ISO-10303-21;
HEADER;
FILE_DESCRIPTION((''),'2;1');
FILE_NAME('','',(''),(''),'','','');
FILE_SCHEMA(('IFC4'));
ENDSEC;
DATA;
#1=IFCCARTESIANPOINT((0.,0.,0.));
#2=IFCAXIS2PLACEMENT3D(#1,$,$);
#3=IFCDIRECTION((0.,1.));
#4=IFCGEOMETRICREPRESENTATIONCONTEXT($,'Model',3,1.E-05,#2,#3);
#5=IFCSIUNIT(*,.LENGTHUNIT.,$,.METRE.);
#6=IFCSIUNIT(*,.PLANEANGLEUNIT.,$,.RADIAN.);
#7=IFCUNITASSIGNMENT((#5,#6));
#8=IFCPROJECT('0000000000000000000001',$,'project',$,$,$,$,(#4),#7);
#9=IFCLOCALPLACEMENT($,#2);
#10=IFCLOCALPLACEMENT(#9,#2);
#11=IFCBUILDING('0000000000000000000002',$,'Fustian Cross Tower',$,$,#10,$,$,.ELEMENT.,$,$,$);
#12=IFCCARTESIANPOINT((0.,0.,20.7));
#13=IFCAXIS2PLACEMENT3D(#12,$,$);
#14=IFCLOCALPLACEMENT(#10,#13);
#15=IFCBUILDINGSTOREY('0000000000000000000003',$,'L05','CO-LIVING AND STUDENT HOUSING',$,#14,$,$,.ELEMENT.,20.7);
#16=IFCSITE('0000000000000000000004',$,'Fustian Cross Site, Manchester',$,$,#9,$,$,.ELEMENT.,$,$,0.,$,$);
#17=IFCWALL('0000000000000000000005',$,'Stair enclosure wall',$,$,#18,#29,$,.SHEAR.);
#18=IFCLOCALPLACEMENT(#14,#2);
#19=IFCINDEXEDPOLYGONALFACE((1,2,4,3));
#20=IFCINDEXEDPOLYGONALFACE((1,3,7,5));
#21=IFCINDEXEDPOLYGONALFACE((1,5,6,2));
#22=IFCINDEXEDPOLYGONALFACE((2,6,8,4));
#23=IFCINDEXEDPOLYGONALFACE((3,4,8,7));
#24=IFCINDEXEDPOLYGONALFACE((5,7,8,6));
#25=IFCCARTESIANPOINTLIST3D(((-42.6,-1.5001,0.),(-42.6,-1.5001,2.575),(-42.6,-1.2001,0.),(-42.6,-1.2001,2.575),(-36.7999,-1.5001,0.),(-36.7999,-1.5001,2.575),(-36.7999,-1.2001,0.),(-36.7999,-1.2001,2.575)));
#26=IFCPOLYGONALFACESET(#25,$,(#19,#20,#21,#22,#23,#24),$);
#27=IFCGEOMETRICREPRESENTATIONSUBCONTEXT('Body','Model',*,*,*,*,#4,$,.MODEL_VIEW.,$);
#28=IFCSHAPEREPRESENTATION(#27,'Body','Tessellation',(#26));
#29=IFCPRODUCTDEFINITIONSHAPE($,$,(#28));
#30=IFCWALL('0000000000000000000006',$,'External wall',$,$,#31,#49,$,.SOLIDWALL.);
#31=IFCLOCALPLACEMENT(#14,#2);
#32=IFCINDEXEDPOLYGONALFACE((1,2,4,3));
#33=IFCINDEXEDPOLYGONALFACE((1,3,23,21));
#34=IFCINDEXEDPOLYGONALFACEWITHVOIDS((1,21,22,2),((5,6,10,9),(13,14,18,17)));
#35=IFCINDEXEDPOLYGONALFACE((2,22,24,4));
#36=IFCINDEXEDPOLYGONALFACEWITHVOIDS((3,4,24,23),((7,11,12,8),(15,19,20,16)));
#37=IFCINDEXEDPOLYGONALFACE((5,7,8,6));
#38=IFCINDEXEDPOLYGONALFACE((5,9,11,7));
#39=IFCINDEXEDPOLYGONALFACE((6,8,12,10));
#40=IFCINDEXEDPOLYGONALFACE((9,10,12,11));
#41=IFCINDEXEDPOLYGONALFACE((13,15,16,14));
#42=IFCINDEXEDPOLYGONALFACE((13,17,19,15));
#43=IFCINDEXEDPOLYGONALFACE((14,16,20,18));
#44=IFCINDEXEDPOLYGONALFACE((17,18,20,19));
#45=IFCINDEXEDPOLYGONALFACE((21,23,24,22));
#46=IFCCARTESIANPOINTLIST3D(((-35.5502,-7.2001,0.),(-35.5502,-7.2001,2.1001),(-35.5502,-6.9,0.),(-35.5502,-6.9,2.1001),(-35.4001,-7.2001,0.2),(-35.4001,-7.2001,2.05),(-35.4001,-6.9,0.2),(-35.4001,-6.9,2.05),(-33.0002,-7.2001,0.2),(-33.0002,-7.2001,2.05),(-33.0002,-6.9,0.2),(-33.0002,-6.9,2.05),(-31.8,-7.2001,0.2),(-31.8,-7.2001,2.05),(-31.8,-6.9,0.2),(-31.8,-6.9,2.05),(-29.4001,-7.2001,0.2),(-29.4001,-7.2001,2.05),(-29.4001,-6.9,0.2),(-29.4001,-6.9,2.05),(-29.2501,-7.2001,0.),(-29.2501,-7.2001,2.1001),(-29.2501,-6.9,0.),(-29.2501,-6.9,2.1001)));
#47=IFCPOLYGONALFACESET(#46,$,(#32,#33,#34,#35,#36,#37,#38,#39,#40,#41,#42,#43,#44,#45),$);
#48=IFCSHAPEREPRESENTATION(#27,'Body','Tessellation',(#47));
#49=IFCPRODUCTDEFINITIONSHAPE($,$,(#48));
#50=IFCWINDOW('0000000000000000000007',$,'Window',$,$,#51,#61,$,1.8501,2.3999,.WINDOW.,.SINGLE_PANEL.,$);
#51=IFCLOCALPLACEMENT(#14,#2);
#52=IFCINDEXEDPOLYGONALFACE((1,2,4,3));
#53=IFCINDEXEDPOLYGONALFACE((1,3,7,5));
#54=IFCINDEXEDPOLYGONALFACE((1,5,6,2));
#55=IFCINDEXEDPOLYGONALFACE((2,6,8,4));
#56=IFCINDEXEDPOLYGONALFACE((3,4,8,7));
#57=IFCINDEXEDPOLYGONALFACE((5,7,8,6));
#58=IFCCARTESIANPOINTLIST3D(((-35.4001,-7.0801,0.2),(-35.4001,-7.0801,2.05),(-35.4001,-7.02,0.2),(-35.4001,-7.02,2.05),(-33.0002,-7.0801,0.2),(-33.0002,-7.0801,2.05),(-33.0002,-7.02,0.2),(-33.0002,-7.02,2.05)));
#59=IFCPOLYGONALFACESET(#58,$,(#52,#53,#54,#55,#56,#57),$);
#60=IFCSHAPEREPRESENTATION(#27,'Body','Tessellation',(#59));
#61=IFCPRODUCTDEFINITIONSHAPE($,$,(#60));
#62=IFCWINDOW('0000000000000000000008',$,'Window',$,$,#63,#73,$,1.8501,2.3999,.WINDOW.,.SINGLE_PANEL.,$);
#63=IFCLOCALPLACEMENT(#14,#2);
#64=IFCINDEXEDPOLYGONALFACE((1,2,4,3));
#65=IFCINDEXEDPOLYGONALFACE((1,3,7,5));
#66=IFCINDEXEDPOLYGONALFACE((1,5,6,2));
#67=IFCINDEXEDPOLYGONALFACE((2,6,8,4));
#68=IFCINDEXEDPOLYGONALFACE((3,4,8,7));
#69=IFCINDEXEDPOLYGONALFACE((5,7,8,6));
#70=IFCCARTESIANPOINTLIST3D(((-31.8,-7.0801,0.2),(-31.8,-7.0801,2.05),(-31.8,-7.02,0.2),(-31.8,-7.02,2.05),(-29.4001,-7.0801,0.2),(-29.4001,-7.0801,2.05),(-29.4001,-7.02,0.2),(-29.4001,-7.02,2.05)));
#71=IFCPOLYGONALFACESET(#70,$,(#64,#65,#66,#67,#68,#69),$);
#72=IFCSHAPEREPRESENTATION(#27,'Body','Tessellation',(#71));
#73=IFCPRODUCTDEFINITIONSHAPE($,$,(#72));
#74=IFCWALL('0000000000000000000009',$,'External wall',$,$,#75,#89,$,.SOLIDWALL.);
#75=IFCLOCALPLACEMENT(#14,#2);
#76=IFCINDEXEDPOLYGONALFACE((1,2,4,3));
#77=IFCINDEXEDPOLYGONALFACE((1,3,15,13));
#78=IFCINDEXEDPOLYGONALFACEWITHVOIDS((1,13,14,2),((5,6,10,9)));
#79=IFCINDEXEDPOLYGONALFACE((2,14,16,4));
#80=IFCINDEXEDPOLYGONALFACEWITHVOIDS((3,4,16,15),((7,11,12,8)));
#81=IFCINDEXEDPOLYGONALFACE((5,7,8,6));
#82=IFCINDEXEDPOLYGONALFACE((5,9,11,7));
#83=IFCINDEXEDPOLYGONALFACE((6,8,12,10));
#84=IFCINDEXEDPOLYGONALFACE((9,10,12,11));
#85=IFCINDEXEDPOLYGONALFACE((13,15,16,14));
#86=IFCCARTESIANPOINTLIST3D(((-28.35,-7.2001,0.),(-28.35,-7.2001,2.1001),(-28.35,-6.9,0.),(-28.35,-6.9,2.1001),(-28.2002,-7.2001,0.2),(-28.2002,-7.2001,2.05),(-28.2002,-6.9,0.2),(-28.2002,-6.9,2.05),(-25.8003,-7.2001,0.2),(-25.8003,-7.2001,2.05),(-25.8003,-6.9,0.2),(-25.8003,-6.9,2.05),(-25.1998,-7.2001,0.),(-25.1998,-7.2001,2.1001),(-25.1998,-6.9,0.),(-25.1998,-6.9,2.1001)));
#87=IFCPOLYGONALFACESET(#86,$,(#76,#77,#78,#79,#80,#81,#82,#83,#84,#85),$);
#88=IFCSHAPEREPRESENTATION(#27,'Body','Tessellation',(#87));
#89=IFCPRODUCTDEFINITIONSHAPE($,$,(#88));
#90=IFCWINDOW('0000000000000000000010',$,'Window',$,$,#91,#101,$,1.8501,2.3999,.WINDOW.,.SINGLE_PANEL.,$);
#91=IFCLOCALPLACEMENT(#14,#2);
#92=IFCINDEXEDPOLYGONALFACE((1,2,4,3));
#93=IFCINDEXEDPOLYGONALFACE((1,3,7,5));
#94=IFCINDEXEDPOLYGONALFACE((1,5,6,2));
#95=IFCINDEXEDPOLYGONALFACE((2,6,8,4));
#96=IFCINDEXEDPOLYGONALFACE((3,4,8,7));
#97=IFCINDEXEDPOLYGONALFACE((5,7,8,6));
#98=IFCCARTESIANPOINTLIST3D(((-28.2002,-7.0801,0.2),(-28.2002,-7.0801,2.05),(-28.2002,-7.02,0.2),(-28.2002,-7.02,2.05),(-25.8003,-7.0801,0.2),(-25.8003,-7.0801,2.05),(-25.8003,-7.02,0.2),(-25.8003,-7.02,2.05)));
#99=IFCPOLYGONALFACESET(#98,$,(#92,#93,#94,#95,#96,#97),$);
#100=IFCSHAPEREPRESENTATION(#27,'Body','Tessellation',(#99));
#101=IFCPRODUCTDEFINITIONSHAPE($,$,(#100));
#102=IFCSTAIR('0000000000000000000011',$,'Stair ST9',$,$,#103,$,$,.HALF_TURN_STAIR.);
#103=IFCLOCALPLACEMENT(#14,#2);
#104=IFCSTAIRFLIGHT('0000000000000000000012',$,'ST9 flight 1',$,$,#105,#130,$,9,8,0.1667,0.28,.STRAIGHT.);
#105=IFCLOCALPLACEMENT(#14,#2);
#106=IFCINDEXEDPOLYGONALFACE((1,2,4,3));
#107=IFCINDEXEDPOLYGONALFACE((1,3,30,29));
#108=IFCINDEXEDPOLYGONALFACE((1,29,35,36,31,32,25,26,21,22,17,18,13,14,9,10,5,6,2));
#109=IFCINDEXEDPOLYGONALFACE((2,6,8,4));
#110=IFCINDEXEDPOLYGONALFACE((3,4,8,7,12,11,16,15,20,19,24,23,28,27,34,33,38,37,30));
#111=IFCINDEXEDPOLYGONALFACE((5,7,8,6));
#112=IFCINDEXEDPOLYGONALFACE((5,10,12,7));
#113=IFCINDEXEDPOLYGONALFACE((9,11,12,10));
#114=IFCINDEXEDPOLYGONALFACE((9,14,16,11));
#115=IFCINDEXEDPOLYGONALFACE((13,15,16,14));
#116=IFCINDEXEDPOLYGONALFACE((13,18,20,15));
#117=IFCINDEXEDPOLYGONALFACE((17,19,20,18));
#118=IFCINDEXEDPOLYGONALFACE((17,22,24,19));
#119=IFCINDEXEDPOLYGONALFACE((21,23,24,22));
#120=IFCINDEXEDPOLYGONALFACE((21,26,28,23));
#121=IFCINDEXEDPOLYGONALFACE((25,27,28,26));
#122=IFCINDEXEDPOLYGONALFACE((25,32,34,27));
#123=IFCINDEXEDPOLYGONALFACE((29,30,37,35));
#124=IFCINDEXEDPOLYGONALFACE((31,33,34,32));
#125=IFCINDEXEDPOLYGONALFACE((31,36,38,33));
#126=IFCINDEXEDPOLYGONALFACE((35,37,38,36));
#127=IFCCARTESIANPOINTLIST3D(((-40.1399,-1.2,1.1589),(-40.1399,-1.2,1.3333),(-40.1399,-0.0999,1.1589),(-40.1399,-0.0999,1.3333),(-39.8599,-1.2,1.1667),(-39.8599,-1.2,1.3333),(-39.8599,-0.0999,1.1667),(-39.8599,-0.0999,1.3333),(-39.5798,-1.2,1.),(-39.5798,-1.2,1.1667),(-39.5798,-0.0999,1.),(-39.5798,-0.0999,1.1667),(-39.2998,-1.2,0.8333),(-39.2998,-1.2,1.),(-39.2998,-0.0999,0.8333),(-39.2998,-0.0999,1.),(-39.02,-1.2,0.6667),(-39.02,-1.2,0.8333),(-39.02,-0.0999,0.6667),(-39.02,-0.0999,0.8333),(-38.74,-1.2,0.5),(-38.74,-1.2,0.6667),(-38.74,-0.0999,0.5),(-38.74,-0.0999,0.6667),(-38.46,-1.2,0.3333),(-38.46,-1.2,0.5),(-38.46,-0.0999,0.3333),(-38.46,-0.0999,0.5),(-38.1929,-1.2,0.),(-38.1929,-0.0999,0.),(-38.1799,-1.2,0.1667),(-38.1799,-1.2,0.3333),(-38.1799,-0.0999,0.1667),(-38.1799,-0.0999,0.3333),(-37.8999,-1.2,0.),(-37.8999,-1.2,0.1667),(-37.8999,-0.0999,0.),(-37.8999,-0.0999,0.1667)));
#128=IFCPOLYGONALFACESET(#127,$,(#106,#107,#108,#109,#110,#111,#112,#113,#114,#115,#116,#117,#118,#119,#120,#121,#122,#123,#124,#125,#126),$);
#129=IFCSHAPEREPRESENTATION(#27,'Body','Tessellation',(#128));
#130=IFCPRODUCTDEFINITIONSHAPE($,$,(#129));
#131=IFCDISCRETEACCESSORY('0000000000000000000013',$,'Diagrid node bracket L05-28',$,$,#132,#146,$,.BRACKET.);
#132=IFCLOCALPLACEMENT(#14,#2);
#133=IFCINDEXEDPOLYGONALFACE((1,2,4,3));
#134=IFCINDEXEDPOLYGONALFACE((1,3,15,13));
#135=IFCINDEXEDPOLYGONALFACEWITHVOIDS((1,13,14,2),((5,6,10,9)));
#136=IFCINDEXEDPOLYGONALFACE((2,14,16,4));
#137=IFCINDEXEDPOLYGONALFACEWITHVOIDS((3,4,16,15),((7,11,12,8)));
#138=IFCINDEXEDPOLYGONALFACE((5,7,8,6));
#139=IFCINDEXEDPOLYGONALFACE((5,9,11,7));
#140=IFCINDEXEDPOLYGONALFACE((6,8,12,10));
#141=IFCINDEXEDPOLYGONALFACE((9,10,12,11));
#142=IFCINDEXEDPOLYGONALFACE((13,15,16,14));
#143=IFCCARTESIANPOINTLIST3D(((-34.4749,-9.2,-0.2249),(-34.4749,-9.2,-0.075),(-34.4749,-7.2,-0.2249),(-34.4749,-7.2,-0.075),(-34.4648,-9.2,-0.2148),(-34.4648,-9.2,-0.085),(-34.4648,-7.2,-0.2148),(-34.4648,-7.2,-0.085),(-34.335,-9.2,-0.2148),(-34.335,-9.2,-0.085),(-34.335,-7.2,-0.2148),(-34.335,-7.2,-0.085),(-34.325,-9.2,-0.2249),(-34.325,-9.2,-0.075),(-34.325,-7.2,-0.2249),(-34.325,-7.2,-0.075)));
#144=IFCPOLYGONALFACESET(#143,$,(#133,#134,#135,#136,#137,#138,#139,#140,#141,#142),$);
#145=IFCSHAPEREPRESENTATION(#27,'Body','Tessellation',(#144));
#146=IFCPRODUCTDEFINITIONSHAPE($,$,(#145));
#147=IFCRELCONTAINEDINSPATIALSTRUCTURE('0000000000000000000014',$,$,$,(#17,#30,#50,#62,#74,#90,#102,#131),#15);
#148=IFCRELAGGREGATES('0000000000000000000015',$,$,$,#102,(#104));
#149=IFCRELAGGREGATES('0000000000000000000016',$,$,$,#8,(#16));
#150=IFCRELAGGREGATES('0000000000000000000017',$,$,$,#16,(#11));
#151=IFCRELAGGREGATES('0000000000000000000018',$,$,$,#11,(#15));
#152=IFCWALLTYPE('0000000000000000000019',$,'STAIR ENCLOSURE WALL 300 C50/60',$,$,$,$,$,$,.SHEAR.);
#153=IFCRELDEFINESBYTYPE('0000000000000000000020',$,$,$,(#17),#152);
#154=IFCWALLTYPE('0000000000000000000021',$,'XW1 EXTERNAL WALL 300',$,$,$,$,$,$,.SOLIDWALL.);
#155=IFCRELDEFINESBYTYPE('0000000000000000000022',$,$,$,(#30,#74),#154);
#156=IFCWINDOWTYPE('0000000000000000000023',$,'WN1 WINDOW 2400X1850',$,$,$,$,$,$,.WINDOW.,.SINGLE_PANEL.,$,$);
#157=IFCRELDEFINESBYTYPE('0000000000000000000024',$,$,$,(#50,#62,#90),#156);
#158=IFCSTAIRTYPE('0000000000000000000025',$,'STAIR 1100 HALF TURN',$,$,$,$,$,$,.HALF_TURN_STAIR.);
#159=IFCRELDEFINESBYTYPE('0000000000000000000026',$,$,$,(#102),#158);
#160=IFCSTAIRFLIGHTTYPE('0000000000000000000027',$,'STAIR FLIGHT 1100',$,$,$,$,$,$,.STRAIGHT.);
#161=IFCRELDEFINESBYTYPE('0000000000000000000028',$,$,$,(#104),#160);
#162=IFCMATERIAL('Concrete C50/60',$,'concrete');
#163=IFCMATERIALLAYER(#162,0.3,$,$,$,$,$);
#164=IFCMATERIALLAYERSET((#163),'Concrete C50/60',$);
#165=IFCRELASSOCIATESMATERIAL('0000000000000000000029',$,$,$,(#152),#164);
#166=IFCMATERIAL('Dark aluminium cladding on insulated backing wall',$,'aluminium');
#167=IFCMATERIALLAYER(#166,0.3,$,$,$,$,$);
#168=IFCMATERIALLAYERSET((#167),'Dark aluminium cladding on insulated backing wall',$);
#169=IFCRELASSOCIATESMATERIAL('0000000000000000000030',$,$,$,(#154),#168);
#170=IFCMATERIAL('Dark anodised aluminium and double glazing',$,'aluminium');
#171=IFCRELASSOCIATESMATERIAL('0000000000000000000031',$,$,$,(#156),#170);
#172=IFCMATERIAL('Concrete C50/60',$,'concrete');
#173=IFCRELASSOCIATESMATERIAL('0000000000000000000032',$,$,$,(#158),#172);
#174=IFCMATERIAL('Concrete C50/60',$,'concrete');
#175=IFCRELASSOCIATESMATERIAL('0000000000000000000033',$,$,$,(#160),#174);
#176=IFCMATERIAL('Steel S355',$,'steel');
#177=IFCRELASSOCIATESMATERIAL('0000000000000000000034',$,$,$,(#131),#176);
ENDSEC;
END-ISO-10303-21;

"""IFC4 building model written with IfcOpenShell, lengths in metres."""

from ifc_helpers import new_model, si_unit, direction, frame, frame_2d, origin, origin_2d, place, context, subcontext, project, spatial, polyline, rectangle, hollow_rectangle, outline, extrude, material, layer, layer_set, type_object, element, fill, aggregate, save


model = new_model("IFC4")

# Units and contexts
model_context = context("Model", 3, precision=1e-05, world=origin(), true_north=direction((0.0, 1.0)))
body_context = subcontext(model_context, "Body", "Model", "MODEL_VIEW")
ifc_project = project(units=[si_unit("LENGTHUNIT", "METRE"), si_unit("PLANEANGLEUNIT", "RADIAN")], contexts=[model_context])

# Site, building, storey
site_placement = place(None, origin())
site = spatial("IfcSite", under=ifc_project, at=site_placement, Name="Fustian Cross Site, Manchester", CompositionType="ELEMENT", RefElevation=0.0)
building_placement = place(site_placement, origin())
building = spatial("IfcBuilding", under=site, at=building_placement, Name="Fustian Cross Tower", CompositionType="ELEMENT")
storey_placement = place(building_placement, frame((0.0, 0.0, 20.7)))
storey = spatial("IfcBuildingStorey", under=building, at=storey_placement, Name="L05", Description="CO-LIVING AND STUDENT HOUSING", CompositionType="ELEMENT", Elevation=20.7)

# Shared definitions
ifc_material_1 = material(Name="Concrete C50/60", Category="concrete")
ifc_layer_1 = layer(ifc_material_1, 0.3)
ifc_layer_set_1 = layer_set([ifc_layer_1], Name="Concrete C50/60")
wall_type_1 = type_object("IfcWallType", Name="STAIR ENCLOSURE WALL 300 C50/60", PredefinedType="SHEAR", material=ifc_layer_set_1)

# Wall
wall_1_placement = place(storey_placement, frame((-36.8, -1.3501, 0.0), z_axis=(0.0, 0.0, 1.0), x_axis=(-1.0, 0.0, 0.0)))
element("IfcWall", 1, at=wall_1_placement, inside=storey, type_object=wall_type_1, Name="Stair enclosure wall", PredefinedType="SHEAR", context=body_context, shape_type="SweptSolid", body=[
    extrude(rectangle(XDim=5.8, YDim=0.3, at=frame_2d((2.8999, 0.0))), origin(), (0.0, 0.0, 1.0), 2.575),
])

# Wall, openings, windows
ifc_material_2 = material(Name="Dark aluminium cladding on insulated backing wall", Category="aluminium")
ifc_layer_2 = layer(ifc_material_2, 0.3)
ifc_layer_set_2 = layer_set([ifc_layer_2], Name="Dark aluminium cladding on insulated backing wall")
wall_type_2 = type_object("IfcWallType", Name="XW1 EXTERNAL WALL 300", PredefinedType="SOLIDWALL", material=ifc_layer_set_2)
wall_2_placement = place(storey_placement, frame((-35.55, -7.05, 0.0), z_axis=(0.0, 0.0, 1.0), x_axis=(1.0, 0.0, 0.0)))
wall_2 = element("IfcWall", 2, at=wall_2_placement, inside=storey, type_object=wall_type_2, Name="External wall", PredefinedType="SOLIDWALL", context=body_context, shape_type="SweptSolid", body=[
    extrude(rectangle(XDim=6.3, YDim=0.3, at=frame_2d((3.1499, 0.0))), origin(), (0.0, 0.0, 1.0), 2.1001),
])
opening_1_placement = place(wall_2_placement, frame((0.1499, 0.0, 0.2)))
opening_1 = element("IfcOpeningElement", 3, at=opening_1_placement, cuts=wall_2, PredefinedType="OPENING", context=body_context, shape_type="SweptSolid", body=[
    extrude(rectangle(XDim=2.3999, YDim=1.8501, at=frame_2d((1.2, 0.925))), frame((0.0, 0.1599, 0.0), z_axis=(0.0, -1.0, 0.0), x_axis=(1.0, 0.0, 0.0)), (0.0, 0.0, 1.0), 0.3201),
])
opening_2_placement = place(wall_2_placement, frame((3.75, 0.0, 0.2)))
opening_2 = element("IfcOpeningElement", 4, at=opening_2_placement, cuts=wall_2, PredefinedType="OPENING", context=body_context, shape_type="SweptSolid", body=[
    extrude(rectangle(XDim=2.3999, YDim=1.8501, at=frame_2d((1.2, 0.925))), frame((0.0, 0.1599, 0.0), z_axis=(0.0, -1.0, 0.0), x_axis=(1.0, 0.0, 0.0)), (0.0, 0.0, 1.0), 0.3201),
])
ifc_material_3 = material(Name="Dark anodised aluminium and double glazing", Category="aluminium")
window_type = type_object("IfcWindowType", Name="WN1 WINDOW 2400X1850", PartitioningType="SINGLE_PANEL", PredefinedType="WINDOW", material=ifc_material_3)
window_1_placement = place(opening_1_placement, origin())
window_1 = element("IfcWindow", 5, at=window_1_placement, inside=storey, type_object=window_type, Name="Window", OverallHeight=1.8501, OverallWidth=2.3999, PartitioningType="SINGLE_PANEL", PredefinedType="WINDOW", context=body_context, shape_type="SweptSolid", body=[
    extrude(rectangle(XDim=2.3999, YDim=1.8501, at=frame_2d((1.2, 0.925))), frame((0.0, 0.03, 0.0), z_axis=(0.0, -1.0, 0.0), x_axis=(1.0, 0.0, 0.0)), (0.0, 0.0, 1.0), 0.0601),
])
fill(opening_1, window_1)
window_2_placement = place(opening_2_placement, origin())
window_2 = element("IfcWindow", 6, at=window_2_placement, inside=storey, type_object=window_type, Name="Window", OverallHeight=1.8501, OverallWidth=2.3999, PartitioningType="SINGLE_PANEL", PredefinedType="WINDOW", context=body_context, shape_type="SweptSolid", body=[
    extrude(rectangle(XDim=2.3999, YDim=1.8501, at=frame_2d((1.2, 0.925))), frame((0.0, 0.03, 0.0), z_axis=(0.0, -1.0, 0.0), x_axis=(1.0, 0.0, 0.0)), (0.0, 0.0, 1.0), 0.0601),
])
fill(opening_2, window_2)

# Wall, opening, window
wall_3_placement = place(storey_placement, frame((-28.3501, -7.05, 0.0), z_axis=(0.0, 0.0, 1.0), x_axis=(1.0, 0.0, 0.0)))
wall_3 = element("IfcWall", 7, at=wall_3_placement, inside=storey, type_object=wall_type_2, Name="External wall", PredefinedType="SOLIDWALL", context=body_context, shape_type="SweptSolid", body=[
    extrude(rectangle(XDim=3.1501, YDim=0.3, at=frame_2d((1.5752, 0.0))), origin(), (0.0, 0.0, 1.0), 2.1001),
])
opening_3_placement = place(wall_3_placement, frame((0.1499, 0.0, 0.2)))
opening_3 = element("IfcOpeningElement", 8, at=opening_3_placement, cuts=wall_3, PredefinedType="OPENING", context=body_context, shape_type="SweptSolid", body=[
    extrude(rectangle(XDim=2.3999, YDim=1.8501, at=frame_2d((1.2, 0.925))), frame((0.0, 0.1599, 0.0), z_axis=(0.0, -1.0, 0.0), x_axis=(1.0, 0.0, 0.0)), (0.0, 0.0, 1.0), 0.3201),
])
window_3_placement = place(opening_3_placement, origin())
window_3 = element("IfcWindow", 9, at=window_3_placement, inside=storey, type_object=window_type, Name="Window", OverallHeight=1.8501, OverallWidth=2.3999, PartitioningType="SINGLE_PANEL", PredefinedType="WINDOW", context=body_context, shape_type="SweptSolid", body=[
    extrude(rectangle(XDim=2.3999, YDim=1.8501, at=frame_2d((1.2, 0.925))), frame((0.0, 0.03, 0.0), z_axis=(0.0, -1.0, 0.0), x_axis=(1.0, 0.0, 0.0)), (0.0, 0.0, 1.0), 0.0601),
])
fill(opening_3, window_3)

# Stair, stair flight
ifc_material_4 = material(Name="Concrete C50/60", Category="concrete")
stair_type = type_object("IfcStairType", Name="STAIR 1100 HALF TURN", PredefinedType="HALF_TURN_STAIR", material=ifc_material_4)
stair_placement = place(storey_placement, origin())
stair = element("IfcStair", 10, at=stair_placement, inside=storey, type_object=stair_type, Name="Stair ST9", PredefinedType="HALF_TURN_STAIR")
ifc_material_5 = material(Name="Concrete C50/60", Category="concrete")
stair_flight_type = type_object("IfcStairFlightType", Name="STAIR FLIGHT 1100", PredefinedType="STRAIGHT", material=ifc_material_5)
stair_flight_placement = place(storey_placement, frame((-37.8999, -0.6499, 0.0), z_axis=(0.0, 0.0, 1.0), x_axis=(-1.0, 0.0, 0.0)))
stair_flight = element("IfcStairFlight", 11, at=stair_flight_placement, type_object=stair_flight_type, Name="ST9 flight 1", NumberOfRisers=9, NumberOfTreads=8, PredefinedType="STRAIGHT", RiserHeight=0.1667, TreadLength=0.28, context=body_context, shape_type="SweptSolid", body=[
    extrude(outline(polyline([(0.0, 0.0), (0.0, 0.1667), (0.28, 0.1667), (0.28, 0.3333), (0.5601, 0.3333), (0.5601, 0.5), (0.8401, 0.5), (0.8401, 0.6667), (1.1201, 0.6667), (1.1201, 0.8333), (1.3999, 0.8333), (1.3999, 1.0), (1.6799, 1.0), (1.6799, 1.1667), (1.96, 1.1667), (1.96, 1.3333), (2.24, 1.3333), (2.24, 1.5), (2.24, 1.1589), (0.293, 0.0), (0.0, 0.0)])), frame((0.0, 0.55, 0.0), z_axis=(0.0, -1.0, 0.0), x_axis=(1.0, 0.0, 0.0)), (0.0, 0.0, 1.0), 1.1001),
])
aggregate(stair, [stair_flight])

# Discrete accessory
ifc_material_6 = material(Name="Steel S355", Category="steel")
discrete_accessory_placement = place(storey_placement, frame((-34.3999, -9.2, -0.1499), z_axis=(0.0, 1.0, 0.0), x_axis=(-1.0, 0.0, 0.0)))
element("IfcDiscreteAccessory", 12, at=discrete_accessory_placement, inside=storey, material=ifc_material_6, Name="Diagrid node bracket L05-28", PredefinedType="BRACKET", context=body_context, shape_type="SweptSolid", body=[
    extrude(hollow_rectangle(XDim=0.1499, YDim=0.1499, WallThickness=0.01, at=origin_2d()), origin(), (0.0, 0.0, 1.0), 2.0),
])

save(model, "model.ifc")
